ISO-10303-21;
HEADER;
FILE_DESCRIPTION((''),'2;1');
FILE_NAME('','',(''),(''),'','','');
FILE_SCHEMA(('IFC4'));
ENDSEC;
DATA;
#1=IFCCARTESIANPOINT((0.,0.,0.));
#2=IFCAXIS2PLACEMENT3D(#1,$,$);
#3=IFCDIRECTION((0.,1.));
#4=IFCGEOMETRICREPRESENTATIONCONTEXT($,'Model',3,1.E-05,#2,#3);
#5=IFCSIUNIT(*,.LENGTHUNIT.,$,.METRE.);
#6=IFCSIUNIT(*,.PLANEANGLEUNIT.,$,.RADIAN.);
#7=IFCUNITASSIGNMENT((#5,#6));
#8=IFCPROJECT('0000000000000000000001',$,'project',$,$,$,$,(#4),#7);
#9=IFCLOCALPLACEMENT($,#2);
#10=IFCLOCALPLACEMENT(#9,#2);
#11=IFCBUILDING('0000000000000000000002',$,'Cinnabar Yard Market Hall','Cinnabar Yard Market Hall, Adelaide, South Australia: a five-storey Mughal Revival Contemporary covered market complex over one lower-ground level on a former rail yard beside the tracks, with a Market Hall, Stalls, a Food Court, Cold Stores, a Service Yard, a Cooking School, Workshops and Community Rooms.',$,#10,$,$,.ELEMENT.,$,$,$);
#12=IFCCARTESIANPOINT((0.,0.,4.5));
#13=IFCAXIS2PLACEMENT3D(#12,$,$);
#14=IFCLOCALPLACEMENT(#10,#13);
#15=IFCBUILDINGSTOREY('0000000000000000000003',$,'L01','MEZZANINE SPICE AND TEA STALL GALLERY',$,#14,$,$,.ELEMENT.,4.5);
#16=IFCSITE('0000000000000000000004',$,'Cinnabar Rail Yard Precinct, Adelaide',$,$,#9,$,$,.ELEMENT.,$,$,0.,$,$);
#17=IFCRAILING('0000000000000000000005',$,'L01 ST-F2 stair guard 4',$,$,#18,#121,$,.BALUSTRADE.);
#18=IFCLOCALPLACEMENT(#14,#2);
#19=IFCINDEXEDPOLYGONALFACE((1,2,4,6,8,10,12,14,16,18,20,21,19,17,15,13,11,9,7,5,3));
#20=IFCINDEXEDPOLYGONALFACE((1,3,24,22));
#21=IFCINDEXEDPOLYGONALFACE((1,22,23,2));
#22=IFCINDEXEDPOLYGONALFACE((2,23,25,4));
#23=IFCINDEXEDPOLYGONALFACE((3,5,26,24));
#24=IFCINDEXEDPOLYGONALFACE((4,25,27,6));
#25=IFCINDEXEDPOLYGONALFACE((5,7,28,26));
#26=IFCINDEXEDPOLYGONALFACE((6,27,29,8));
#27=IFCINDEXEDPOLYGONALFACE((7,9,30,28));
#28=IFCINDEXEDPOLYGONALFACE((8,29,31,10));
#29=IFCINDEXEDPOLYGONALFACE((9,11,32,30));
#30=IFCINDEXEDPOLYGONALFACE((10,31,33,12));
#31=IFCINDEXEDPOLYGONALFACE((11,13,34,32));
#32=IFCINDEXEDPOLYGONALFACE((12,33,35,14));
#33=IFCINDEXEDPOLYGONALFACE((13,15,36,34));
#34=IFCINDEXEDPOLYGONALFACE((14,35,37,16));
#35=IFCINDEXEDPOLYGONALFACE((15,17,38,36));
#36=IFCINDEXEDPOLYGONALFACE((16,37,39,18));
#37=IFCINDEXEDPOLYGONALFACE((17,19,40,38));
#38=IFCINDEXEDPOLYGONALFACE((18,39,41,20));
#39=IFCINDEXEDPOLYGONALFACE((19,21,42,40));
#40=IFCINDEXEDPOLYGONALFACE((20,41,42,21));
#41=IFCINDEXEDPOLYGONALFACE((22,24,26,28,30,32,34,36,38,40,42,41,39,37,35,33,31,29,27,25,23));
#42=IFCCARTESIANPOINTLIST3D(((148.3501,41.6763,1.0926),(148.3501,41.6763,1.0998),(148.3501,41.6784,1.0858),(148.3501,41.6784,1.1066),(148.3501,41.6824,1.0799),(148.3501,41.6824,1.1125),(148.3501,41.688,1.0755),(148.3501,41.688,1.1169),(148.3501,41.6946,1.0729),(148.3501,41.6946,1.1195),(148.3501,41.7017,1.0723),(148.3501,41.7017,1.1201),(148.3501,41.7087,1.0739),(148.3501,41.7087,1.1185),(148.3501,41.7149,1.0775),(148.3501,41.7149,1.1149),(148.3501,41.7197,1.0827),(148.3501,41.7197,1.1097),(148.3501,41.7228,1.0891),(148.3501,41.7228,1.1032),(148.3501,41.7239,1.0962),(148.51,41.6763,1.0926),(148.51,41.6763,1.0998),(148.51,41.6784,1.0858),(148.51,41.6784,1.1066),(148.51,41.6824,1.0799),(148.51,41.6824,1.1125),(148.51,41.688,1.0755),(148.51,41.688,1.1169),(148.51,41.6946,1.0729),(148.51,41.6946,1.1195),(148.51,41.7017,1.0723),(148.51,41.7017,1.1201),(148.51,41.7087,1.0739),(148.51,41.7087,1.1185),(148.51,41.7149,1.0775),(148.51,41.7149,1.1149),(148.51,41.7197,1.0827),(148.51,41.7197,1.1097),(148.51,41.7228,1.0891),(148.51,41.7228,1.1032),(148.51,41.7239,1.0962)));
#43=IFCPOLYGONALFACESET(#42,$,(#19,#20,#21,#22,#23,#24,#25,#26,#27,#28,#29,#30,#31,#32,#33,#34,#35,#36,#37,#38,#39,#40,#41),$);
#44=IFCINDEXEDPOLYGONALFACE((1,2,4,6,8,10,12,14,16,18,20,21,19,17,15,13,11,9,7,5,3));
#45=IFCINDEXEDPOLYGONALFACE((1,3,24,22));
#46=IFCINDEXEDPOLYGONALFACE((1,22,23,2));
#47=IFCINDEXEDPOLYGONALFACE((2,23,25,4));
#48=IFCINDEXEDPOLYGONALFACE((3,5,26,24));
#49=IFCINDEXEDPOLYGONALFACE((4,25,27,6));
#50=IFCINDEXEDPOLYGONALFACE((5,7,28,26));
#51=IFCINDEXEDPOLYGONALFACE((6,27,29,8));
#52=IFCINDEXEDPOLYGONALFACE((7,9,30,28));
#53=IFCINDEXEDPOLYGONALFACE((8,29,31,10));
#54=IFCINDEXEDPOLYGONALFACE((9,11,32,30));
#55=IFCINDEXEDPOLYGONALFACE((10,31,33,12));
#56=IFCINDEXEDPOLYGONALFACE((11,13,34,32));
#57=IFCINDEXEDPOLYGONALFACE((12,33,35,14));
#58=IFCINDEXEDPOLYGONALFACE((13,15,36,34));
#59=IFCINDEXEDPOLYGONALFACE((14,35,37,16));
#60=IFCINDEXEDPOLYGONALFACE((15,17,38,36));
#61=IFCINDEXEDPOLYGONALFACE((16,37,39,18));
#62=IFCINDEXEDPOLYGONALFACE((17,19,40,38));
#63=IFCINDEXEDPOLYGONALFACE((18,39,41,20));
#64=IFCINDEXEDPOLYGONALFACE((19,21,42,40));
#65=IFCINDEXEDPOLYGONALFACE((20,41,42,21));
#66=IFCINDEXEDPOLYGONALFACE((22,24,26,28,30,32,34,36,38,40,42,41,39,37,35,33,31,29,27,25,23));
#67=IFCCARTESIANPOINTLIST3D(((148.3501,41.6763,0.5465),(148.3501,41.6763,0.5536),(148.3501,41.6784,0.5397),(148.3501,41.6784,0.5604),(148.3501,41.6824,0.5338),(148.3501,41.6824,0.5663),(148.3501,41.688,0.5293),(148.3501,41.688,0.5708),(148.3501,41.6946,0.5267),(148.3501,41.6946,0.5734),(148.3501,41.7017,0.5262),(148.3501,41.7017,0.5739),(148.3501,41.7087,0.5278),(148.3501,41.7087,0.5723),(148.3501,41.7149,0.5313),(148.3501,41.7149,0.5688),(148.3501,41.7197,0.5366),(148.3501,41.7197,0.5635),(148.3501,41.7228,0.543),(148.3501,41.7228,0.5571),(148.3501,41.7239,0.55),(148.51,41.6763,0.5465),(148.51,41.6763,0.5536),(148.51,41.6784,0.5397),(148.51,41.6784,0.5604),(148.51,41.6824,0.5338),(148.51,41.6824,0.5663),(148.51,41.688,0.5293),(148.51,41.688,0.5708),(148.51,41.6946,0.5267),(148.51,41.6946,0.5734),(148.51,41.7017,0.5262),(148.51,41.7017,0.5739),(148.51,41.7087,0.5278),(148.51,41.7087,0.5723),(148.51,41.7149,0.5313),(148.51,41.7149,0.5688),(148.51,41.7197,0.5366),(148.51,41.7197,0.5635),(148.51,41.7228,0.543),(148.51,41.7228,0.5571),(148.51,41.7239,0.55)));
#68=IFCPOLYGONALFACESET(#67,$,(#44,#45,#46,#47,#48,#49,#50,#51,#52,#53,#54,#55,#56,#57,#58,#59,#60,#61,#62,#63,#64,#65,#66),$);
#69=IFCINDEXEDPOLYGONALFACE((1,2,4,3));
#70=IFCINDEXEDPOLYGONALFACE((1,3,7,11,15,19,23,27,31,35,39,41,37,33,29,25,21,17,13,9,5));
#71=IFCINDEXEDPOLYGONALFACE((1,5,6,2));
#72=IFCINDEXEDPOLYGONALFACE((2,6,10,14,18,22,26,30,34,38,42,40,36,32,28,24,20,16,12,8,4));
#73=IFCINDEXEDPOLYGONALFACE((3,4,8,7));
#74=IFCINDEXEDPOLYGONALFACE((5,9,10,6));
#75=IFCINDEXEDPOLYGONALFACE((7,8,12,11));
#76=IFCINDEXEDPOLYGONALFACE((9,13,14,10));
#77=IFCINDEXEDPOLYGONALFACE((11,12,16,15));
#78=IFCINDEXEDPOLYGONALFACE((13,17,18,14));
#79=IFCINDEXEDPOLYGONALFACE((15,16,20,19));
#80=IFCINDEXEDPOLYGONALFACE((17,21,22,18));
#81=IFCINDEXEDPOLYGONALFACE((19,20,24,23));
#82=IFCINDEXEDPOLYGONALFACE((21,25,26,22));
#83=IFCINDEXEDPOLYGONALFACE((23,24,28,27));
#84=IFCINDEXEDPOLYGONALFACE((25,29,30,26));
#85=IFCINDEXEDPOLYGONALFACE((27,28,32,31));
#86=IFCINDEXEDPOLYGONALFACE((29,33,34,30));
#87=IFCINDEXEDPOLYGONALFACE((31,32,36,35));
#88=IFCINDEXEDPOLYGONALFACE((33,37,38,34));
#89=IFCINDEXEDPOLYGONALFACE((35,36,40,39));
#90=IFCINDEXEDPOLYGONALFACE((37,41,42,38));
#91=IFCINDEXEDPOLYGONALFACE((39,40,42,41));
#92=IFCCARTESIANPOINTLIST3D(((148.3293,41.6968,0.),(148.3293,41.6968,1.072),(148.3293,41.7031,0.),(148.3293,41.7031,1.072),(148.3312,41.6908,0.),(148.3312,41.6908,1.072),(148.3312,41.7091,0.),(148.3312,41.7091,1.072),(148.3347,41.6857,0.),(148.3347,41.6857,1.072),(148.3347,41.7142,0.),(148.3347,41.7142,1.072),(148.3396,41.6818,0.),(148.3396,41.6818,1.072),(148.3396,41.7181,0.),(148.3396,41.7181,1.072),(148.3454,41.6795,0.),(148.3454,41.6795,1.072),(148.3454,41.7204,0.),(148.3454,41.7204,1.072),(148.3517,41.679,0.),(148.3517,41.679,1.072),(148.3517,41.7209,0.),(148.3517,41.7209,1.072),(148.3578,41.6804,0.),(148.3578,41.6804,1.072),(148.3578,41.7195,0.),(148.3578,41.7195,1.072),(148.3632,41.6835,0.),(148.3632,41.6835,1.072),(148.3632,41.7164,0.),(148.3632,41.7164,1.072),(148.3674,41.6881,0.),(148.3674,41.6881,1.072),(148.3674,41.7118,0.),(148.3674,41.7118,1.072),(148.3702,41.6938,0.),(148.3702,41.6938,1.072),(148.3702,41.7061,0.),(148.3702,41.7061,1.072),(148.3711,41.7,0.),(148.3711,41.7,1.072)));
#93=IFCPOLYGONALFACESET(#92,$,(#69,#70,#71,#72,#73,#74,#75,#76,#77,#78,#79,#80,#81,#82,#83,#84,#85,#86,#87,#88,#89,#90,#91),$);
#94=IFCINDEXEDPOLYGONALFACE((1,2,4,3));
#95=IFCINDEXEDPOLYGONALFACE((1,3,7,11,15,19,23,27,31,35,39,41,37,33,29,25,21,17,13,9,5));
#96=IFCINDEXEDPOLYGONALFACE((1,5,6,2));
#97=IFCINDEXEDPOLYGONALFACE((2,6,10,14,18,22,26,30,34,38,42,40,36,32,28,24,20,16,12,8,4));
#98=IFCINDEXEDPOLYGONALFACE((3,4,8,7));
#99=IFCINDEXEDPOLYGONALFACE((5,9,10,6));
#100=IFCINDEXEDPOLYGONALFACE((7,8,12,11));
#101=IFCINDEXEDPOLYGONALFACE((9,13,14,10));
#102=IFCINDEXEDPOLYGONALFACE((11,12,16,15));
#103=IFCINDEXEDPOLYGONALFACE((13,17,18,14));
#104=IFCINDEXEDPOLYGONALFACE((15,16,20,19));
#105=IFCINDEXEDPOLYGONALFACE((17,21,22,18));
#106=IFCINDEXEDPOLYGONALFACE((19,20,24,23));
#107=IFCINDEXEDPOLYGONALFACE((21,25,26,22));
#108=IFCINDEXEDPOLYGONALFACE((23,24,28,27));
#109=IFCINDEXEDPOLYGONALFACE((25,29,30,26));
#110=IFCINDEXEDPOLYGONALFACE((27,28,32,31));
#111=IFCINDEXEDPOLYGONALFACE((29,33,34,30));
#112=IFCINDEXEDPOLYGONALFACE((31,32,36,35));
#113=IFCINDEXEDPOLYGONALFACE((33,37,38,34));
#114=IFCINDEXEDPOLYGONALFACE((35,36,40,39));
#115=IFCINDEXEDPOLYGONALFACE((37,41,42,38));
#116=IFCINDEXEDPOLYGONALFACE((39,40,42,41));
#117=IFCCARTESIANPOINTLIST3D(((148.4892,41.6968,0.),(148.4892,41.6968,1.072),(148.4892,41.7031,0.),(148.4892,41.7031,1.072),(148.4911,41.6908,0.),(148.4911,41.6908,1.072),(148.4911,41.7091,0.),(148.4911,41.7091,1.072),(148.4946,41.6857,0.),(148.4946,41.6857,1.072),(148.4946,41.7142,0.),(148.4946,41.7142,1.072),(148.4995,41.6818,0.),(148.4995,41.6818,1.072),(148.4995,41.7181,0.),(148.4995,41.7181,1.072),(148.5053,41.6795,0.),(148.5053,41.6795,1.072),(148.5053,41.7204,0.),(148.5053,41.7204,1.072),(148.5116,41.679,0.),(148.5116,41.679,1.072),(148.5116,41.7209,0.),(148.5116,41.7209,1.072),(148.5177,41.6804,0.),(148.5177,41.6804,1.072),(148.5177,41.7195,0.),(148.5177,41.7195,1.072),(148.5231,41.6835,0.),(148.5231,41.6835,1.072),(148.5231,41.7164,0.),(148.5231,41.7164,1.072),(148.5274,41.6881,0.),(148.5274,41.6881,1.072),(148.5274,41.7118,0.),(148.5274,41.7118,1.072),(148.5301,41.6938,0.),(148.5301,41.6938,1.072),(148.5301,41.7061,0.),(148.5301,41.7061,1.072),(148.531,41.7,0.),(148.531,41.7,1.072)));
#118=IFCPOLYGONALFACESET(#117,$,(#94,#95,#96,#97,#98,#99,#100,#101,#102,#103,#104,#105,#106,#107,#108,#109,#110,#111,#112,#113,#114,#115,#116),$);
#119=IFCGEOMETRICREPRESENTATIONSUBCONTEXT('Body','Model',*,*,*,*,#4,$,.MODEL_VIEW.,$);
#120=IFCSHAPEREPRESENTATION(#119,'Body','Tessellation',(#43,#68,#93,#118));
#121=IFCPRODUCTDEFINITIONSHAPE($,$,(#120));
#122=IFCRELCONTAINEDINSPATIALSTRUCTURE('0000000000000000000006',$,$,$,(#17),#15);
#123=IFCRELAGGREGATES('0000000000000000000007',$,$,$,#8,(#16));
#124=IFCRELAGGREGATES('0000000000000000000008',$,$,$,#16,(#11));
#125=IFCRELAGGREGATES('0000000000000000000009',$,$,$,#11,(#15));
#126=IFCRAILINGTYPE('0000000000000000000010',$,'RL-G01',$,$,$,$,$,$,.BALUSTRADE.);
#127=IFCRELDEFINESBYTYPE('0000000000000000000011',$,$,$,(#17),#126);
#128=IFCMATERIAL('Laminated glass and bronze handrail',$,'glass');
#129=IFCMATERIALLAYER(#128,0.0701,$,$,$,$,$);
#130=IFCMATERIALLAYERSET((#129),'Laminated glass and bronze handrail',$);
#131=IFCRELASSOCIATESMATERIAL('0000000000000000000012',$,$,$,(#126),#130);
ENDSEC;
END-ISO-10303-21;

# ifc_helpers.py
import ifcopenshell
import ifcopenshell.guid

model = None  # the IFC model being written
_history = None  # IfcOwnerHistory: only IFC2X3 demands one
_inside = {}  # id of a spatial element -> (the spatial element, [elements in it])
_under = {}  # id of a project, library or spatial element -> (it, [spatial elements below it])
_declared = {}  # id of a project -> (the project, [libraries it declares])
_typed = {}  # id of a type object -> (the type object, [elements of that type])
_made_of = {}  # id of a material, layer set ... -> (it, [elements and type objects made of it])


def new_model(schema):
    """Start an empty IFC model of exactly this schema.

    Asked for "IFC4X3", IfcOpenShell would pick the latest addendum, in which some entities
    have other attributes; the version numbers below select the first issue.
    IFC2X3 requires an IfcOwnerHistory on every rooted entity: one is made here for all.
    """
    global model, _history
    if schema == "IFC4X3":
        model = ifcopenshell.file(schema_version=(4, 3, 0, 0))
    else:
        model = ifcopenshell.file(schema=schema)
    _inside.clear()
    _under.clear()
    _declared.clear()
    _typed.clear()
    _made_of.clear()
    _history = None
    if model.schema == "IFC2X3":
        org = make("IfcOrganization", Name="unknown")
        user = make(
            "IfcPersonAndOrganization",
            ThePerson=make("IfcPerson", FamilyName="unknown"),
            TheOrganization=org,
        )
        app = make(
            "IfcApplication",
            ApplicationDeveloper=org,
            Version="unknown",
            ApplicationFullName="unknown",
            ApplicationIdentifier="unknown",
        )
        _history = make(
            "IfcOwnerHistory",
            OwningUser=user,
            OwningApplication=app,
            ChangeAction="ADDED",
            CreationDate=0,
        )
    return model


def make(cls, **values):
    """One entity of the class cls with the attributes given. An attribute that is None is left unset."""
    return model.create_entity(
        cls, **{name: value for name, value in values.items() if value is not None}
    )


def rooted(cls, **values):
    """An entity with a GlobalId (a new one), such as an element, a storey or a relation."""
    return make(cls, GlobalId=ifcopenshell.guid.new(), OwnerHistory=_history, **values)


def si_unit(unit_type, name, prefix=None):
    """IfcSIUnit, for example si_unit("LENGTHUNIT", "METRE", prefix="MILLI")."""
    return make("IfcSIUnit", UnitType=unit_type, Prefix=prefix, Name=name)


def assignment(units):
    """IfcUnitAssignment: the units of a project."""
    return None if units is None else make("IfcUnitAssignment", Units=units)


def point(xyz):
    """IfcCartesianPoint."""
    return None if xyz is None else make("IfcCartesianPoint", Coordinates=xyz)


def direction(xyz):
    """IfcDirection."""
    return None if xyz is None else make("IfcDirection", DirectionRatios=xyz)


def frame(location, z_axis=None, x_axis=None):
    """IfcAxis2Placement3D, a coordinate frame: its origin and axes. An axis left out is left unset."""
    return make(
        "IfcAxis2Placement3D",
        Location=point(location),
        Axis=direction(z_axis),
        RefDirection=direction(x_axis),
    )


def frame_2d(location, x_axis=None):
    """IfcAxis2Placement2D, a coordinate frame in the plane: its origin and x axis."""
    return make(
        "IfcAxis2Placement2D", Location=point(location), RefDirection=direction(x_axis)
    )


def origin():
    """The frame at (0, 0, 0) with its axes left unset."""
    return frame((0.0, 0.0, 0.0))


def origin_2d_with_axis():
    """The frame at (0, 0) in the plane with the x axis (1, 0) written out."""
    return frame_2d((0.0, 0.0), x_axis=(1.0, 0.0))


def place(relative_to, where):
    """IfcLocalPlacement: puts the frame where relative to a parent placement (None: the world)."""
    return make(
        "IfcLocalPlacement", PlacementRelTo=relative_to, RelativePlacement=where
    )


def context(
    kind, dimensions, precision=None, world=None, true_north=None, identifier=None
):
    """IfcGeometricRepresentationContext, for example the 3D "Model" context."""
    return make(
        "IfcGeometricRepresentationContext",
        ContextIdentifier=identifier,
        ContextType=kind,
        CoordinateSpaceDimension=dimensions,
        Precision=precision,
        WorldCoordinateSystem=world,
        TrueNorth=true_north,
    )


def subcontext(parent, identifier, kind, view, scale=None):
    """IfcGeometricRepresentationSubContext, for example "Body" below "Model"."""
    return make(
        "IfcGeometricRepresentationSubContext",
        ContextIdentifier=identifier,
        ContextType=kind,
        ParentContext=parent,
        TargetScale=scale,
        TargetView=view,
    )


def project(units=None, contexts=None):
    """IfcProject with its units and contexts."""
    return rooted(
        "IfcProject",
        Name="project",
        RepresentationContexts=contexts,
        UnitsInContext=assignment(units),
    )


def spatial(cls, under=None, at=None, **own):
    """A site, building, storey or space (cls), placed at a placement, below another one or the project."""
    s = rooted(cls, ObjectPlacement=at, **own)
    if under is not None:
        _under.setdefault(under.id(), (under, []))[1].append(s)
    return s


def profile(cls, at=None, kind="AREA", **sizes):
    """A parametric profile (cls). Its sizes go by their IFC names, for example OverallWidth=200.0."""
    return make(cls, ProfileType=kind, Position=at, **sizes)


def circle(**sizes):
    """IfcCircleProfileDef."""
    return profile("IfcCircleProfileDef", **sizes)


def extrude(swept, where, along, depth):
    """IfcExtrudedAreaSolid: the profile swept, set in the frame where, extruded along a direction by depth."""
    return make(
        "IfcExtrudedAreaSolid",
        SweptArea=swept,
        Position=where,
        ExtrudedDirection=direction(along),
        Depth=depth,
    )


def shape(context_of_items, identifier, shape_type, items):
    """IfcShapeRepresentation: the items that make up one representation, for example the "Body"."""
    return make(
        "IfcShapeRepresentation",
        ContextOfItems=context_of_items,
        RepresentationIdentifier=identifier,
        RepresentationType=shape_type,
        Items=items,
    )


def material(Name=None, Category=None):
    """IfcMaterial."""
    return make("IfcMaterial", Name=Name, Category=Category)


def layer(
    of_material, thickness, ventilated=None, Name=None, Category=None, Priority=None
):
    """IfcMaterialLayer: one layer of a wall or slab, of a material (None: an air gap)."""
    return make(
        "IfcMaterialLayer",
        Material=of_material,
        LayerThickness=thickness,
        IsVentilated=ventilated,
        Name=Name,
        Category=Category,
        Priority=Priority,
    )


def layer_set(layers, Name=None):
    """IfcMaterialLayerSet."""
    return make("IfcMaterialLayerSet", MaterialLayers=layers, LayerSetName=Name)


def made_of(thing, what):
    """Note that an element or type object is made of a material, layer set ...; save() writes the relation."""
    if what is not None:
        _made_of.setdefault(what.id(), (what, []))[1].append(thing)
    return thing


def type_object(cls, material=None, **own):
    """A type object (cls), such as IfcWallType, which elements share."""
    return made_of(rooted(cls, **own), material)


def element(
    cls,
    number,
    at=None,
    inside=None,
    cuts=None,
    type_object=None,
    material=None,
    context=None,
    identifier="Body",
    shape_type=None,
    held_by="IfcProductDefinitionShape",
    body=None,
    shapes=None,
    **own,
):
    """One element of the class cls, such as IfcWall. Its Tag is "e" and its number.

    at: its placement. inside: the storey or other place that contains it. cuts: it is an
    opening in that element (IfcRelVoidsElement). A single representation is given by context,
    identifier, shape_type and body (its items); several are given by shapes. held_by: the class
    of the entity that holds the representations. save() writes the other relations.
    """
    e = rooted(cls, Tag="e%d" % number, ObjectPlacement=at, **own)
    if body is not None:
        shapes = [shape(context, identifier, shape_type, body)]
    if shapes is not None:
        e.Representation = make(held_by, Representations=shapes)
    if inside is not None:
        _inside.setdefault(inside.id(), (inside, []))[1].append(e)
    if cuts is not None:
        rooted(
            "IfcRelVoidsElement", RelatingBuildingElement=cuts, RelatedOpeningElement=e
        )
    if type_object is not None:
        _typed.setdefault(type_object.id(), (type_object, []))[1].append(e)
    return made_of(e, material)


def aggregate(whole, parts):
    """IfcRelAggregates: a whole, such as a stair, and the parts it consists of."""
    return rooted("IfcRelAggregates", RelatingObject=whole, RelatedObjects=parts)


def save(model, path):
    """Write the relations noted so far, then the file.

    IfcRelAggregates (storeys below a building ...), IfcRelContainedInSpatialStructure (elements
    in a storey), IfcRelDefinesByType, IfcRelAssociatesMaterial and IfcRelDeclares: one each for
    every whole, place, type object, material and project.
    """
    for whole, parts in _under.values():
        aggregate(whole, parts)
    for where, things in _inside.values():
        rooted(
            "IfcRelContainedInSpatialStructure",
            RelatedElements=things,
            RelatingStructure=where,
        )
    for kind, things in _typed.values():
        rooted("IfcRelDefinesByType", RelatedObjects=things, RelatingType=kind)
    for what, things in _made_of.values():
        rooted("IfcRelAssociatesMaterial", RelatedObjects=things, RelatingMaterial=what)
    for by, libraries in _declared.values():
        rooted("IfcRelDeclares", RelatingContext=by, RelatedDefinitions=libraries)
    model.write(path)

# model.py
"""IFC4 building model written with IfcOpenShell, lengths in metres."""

from ifc_helpers import new_model, si_unit, direction, frame, origin, origin_2d_with_axis, place, context, subcontext, project, spatial, circle, extrude, material, layer, layer_set, type_object, element, save


model = new_model("IFC4")

# Units and contexts
model_context = context("Model", 3, precision=1e-05, world=origin(), true_north=direction((0.0, 1.0)))
body_context = subcontext(model_context, "Body", "Model", "MODEL_VIEW")
ifc_project = project(units=[si_unit("LENGTHUNIT", "METRE"), si_unit("PLANEANGLEUNIT", "RADIAN")], contexts=[model_context])

# Site, building, storey
site_placement = place(None, origin())
site = spatial("IfcSite", under=ifc_project, at=site_placement, Name="Cinnabar Rail Yard Precinct, Adelaide", CompositionType="ELEMENT", RefElevation=0.0)
building_placement = place(site_placement, origin())
building = spatial("IfcBuilding", under=site, at=building_placement, Name="Cinnabar Yard Market Hall", Description="Cinnabar Yard Market Hall, Adelaide, South Australia: a five-storey Mughal Revival Contemporary covered market complex over one lower-ground level on a former rail yard beside the tracks, with a Market Hall, Stalls, a Food Court, Cold Stores, a Service Yard, a Cooking School, Workshops and Community Rooms.", CompositionType="ELEMENT")
storey_placement = place(building_placement, frame((0.0, 0.0, 4.5)))
storey = spatial("IfcBuildingStorey", under=building, at=storey_placement, Name="L01", Description="MEZZANINE SPICE AND TEA STALL GALLERY", CompositionType="ELEMENT", Elevation=4.5)

# Railing
ifc_material_1 = material(Name="Laminated glass and bronze handrail", Category="glass")
ifc_layer_1 = layer(ifc_material_1, 0.0701)
ifc_layer_set_1 = layer_set([ifc_layer_1], Name="Laminated glass and bronze handrail")
railing_type_1 = type_object("IfcRailingType", Name="RL-G01", PredefinedType="BALUSTRADE", material=ifc_layer_set_1)
railing_1_placement = place(storey_placement, frame((148.3501, 41.7, 0.0)))
element("IfcRailing", 1, at=railing_1_placement, inside=storey, type_object=railing_type_1, Name="L01 ST-F2 stair guard 4", PredefinedType="BALUSTRADE", context=body_context, shape_type="SweptSolid", body=[
    extrude(circle(Radius=0.0239, at=origin_2d_with_axis()), frame((0.0, 0.0, 1.0962), z_axis=(1.0, 0.0, 0.0), x_axis=(0.0, 1.0, 0.0)), (0.0, 0.0, 1.0), 0.1599),
    extrude(circle(Radius=0.0239, at=origin_2d_with_axis()), frame((0.0, 0.0, 0.55), z_axis=(1.0, 0.0, 0.0), x_axis=(0.0, 1.0, 0.0)), (0.0, 0.0, 1.0), 0.1599),
    extrude(circle(Radius=0.021, at=origin_2d_with_axis()), origin(), (0.0, 0.0, 1.0), 1.072),
    extrude(circle(Radius=0.021, at=origin_2d_with_axis()), frame((0.1599, 0.0, 0.0)), (0.0, 0.0, 1.0), 1.072),
])

save(model, "model.ifc")
